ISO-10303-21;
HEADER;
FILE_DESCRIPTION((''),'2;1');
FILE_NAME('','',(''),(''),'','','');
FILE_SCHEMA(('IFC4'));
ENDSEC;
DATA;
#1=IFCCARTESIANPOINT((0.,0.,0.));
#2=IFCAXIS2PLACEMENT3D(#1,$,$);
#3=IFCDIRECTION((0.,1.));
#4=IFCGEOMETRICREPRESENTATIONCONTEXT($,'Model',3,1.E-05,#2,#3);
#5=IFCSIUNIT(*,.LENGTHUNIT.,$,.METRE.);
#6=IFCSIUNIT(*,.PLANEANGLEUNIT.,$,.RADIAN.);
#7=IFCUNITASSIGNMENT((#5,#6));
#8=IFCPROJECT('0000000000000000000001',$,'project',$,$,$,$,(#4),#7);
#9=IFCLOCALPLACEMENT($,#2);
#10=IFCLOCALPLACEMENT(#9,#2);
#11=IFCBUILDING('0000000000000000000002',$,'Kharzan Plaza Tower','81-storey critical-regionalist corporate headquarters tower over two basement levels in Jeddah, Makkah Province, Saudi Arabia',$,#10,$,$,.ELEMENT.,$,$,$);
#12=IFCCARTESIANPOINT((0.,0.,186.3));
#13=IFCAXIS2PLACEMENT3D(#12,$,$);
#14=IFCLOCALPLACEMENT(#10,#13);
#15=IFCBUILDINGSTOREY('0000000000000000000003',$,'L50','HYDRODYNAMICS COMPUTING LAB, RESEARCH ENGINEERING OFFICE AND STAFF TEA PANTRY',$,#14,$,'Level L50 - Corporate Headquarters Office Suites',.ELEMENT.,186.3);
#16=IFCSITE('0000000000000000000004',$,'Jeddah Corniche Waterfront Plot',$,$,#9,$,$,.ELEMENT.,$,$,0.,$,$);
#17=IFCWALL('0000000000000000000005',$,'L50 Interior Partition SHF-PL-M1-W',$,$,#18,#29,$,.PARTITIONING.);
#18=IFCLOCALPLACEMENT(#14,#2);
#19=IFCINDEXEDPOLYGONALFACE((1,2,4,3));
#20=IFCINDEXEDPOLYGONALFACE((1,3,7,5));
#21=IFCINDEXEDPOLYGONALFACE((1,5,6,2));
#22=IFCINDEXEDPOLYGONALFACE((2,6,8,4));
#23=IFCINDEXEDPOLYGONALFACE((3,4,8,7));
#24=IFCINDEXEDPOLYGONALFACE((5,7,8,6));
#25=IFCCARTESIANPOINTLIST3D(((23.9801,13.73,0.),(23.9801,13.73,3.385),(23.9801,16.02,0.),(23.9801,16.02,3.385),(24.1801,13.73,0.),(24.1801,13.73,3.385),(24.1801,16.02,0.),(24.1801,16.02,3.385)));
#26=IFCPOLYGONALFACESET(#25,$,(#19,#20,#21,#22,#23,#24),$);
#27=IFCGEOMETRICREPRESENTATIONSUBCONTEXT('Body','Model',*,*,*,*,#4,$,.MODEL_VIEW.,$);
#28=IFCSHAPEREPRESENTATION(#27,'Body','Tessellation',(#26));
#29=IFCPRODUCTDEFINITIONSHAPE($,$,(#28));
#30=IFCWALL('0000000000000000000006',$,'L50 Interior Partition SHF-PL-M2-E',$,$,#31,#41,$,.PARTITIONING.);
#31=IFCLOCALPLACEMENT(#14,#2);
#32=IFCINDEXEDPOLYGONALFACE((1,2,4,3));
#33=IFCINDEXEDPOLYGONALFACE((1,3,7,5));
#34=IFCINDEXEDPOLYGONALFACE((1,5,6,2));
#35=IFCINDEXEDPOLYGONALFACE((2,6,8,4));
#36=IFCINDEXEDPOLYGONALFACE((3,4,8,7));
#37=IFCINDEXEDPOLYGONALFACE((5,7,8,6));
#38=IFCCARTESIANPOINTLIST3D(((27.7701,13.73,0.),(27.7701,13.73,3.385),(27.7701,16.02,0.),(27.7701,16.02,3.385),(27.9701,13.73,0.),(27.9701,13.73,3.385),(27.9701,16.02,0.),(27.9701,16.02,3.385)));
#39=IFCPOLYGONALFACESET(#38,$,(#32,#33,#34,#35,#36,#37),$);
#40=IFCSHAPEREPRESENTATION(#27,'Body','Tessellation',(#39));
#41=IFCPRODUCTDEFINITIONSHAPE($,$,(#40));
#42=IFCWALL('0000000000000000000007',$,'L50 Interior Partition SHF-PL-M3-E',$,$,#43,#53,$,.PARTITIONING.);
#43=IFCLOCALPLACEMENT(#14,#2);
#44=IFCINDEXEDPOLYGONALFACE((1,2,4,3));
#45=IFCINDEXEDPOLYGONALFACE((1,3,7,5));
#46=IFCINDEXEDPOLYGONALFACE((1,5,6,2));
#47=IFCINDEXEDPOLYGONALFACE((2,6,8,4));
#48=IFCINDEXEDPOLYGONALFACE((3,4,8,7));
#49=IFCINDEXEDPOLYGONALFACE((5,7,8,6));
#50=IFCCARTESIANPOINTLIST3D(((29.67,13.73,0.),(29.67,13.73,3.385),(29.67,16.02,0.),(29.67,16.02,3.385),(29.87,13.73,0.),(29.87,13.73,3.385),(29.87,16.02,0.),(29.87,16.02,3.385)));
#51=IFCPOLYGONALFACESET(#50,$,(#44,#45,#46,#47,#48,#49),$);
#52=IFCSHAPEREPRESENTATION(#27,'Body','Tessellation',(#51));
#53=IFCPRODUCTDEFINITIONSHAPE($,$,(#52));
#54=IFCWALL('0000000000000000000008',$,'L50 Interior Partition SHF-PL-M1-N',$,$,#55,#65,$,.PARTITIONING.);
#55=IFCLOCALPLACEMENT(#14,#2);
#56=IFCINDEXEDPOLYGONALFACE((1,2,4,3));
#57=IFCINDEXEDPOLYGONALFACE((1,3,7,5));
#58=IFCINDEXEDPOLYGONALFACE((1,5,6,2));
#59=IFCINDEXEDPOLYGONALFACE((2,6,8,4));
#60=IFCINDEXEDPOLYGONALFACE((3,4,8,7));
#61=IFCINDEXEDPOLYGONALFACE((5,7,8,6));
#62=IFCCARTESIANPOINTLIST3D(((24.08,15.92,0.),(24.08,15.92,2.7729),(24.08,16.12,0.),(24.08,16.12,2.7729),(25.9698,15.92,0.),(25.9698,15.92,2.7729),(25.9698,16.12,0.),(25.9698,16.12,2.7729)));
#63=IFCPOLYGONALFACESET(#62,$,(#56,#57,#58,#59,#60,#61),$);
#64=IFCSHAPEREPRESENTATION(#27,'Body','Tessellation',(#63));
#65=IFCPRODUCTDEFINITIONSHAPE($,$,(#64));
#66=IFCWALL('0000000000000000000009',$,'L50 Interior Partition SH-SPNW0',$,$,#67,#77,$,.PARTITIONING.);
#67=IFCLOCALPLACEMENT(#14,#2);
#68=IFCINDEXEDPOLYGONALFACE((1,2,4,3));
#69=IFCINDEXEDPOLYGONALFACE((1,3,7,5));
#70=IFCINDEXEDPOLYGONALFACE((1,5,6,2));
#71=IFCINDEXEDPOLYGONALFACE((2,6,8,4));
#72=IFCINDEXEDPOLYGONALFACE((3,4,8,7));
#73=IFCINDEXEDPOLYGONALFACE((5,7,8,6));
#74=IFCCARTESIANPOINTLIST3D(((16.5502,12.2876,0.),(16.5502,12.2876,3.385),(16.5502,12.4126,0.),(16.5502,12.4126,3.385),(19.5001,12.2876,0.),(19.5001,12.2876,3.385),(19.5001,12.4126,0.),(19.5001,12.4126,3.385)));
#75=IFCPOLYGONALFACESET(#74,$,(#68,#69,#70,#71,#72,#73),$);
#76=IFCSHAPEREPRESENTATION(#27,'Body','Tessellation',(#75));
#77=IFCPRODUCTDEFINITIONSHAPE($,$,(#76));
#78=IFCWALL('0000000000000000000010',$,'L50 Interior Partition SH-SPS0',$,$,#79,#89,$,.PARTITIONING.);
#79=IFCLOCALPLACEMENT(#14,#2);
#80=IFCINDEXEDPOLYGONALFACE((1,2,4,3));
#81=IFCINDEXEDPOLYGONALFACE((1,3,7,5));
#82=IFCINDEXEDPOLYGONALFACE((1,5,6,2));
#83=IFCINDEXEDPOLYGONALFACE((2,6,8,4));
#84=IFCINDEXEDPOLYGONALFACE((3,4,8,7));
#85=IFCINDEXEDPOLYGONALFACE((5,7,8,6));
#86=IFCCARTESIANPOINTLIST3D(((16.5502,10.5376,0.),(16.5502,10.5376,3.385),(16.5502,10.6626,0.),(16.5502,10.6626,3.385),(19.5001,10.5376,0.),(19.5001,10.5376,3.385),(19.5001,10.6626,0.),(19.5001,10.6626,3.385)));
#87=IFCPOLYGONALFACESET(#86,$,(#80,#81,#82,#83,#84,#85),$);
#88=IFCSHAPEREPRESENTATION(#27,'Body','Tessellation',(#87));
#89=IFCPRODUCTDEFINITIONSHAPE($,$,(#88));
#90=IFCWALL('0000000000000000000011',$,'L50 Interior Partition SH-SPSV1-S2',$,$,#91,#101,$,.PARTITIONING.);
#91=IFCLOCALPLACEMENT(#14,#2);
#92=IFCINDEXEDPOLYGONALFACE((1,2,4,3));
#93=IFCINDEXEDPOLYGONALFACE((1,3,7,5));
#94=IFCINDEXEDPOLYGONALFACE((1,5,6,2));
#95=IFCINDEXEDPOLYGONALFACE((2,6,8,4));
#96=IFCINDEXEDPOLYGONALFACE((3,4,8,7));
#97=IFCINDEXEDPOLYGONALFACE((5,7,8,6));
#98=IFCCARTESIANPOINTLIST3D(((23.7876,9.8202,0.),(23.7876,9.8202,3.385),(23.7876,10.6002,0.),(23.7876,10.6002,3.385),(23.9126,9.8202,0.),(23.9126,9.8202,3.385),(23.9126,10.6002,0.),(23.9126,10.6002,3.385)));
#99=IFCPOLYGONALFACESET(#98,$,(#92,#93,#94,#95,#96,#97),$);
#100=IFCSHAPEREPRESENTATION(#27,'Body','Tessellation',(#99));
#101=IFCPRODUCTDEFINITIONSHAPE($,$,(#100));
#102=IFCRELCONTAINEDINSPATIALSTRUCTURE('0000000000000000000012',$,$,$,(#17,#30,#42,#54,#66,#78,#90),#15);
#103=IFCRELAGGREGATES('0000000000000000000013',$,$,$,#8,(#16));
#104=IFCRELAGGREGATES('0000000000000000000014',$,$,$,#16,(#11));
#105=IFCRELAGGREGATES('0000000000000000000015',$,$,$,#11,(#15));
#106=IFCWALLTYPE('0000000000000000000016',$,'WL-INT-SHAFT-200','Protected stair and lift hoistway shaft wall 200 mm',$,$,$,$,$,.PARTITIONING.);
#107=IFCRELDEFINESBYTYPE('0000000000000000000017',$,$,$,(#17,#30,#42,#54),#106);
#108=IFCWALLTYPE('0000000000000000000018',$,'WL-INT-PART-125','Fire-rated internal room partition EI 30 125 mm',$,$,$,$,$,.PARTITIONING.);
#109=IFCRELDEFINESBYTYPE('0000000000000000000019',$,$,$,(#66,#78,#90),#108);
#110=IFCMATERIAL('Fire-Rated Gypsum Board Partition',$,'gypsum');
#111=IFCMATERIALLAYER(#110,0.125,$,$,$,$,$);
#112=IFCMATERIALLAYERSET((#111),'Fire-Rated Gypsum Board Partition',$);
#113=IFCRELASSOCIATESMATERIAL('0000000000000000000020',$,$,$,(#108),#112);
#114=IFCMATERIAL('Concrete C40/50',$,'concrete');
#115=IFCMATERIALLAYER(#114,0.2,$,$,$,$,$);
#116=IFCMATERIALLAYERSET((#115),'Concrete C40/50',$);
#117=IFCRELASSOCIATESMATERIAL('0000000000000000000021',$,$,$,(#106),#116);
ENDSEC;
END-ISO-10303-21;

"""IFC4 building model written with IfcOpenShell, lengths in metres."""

from ifc_helpers import new_model, si_unit, direction, frame, frame_2d, origin, place, context, subcontext, project, spatial, rectangle, extrude, source, transform, mapped, material, layer, layer_set, type_object, element, save


model = new_model("IFC4")

# Units and contexts
model_context = context("Model", 3, precision=1e-05, world=origin(), true_north=direction((0.0, 1.0)))
body_context = subcontext(model_context, "Body", "Model", "MODEL_VIEW")
ifc_project = project(units=[si_unit("LENGTHUNIT", "METRE"), si_unit("PLANEANGLEUNIT", "RADIAN")], contexts=[model_context])

# Site, building, storey
site_placement = place(None, origin())
site = spatial("IfcSite", under=ifc_project, at=site_placement, Name="Jeddah Corniche Waterfront Plot", CompositionType="ELEMENT", RefElevation=0.0)
building_placement = place(site_placement, origin())
building = spatial("IfcBuilding", under=site, at=building_placement, Name="Kharzan Plaza Tower", Description="81-storey critical-regionalist corporate headquarters tower over two basement levels in Jeddah, Makkah Province, Saudi Arabia", CompositionType="ELEMENT")
storey_placement = place(building_placement, frame((0.0, 0.0, 186.3)))
storey = spatial("IfcBuildingStorey", under=building, at=storey_placement, Name="L50", Description="HYDRODYNAMICS COMPUTING LAB, RESEARCH ENGINEERING OFFICE AND STAFF TEA PANTRY", LongName="Level L50 - Corporate Headquarters Office Suites", CompositionType="ELEMENT", Elevation=186.3)

# Shared definitions
ifc_material_1 = material(Name="Fire-Rated Gypsum Board Partition", Category="gypsum")
ifc_layer_1 = layer(ifc_material_1, 0.125)
ifc_layer_set_1 = layer_set([ifc_layer_1], Name="Fire-Rated Gypsum Board Partition")
wall_type_1 = type_object("IfcWallType", Name="WL-INT-PART-125", Description="Fire-rated internal room partition EI 30 125 mm", PredefinedType="PARTITIONING", material=ifc_layer_set_1)
ifc_material_2 = material(Name="Concrete C40/50", Category="concrete")
ifc_layer_2 = layer(ifc_material_2, 0.2)
ifc_layer_set_2 = layer_set([ifc_layer_2], Name="Concrete C40/50")
wall_type_2 = type_object("IfcWallType", Name="WL-INT-SHAFT-200", Description="Protected stair and lift hoistway shaft wall 200 mm", PredefinedType="PARTITIONING", material=ifc_layer_set_2)

# Walls
shared_shape_1 = source(origin(), body_context, "Body", "SweptSolid", [
    extrude(rectangle(XDim=2.29, YDim=0.2, at=frame_2d((1.145, 0.0))), origin(), (0.0, 0.0, 1.0), 3.385),
])
for number, where, z_axis, x_axis, name in (
    (1, (24.0801, 13.73, 0.0), (0.0, 0.0, 1.0), (0.0, 1.0, 0.0), "L50 Interior Partition SHF-PL-M1-W"),
    (2, (27.8701, 13.73, 0.0), (0.0, 0.0, 1.0), (0.0, 1.0, 0.0), "L50 Interior Partition SHF-PL-M2-E"),
    (3, (29.77, 13.73, 0.0), (0.0, 0.0, 1.0), (0.0, 1.0, 0.0), "L50 Interior Partition SHF-PL-M3-E"),
):
    element("IfcWall", number, at=place(storey_placement, frame(where, z_axis=z_axis, x_axis=x_axis)), inside=storey, type_object=wall_type_2, Name=name, PredefinedType="PARTITIONING", context=body_context, shape_type="MappedRepresentation", body=[
        mapped(shared_shape_1, transform((0.0, 0.0, 0.0), x_axis=(1.0, 0.0, 0.0), y_axis=(0.0, 1.0, 0.0), z_axis=(0.0, 0.0, 1.0))),
    ])
shared_shape_2 = source(origin(), body_context, "Body", "SweptSolid", [
    extrude(rectangle(XDim=1.8899, YDim=0.2, at=frame_2d((0.9448, 0.0))), origin(), (0.0, 0.0, 1.0), 2.7729),
])
wall_1_placement = place(storey_placement, frame((24.0801, 16.02, 0.0), z_axis=(0.0, 0.0, 1.0), x_axis=(1.0, 0.0, 0.0)))
element("IfcWall", 4, at=wall_1_placement, inside=storey, type_object=wall_type_2, Name="L50 Interior Partition SHF-PL-M1-N", PredefinedType="PARTITIONING", context=body_context, shape_type="MappedRepresentation", body=[
    mapped(shared_shape_2, transform((0.0, 0.0, 0.0), x_axis=(1.0, 0.0, 0.0), y_axis=(0.0, 1.0, 0.0), z_axis=(0.0, 0.0, 1.0))),
])
shared_shape_3 = source(origin(), body_context, "Body", "SweptSolid", [
    extrude(rectangle(XDim=2.95, YDim=0.125, at=frame_2d((1.4751, 0.0))), origin(), (0.0, 0.0, 1.0), 3.385),
])
for number, where, z_axis, x_axis, name in (
    (5, (16.55, 12.3501, 0.0), (0.0, 0.0, 1.0), (1.0, 0.0, 0.0), "L50 Interior Partition SH-SPNW0"),
    (6, (16.55, 10.6001, 0.0), (0.0, 0.0, 1.0), (1.0, 0.0, 0.0), "L50 Interior Partition SH-SPS0"),
):
    element("IfcWall", number, at=place(storey_placement, frame(where, z_axis=z_axis, x_axis=x_axis)), inside=storey, type_object=wall_type_1, Name=name, PredefinedType="PARTITIONING", context=body_context, shape_type="MappedRepresentation", body=[
        mapped(shared_shape_3, transform((0.0, 0.0, 0.0), x_axis=(1.0, 0.0, 0.0), y_axis=(0.0, 1.0, 0.0), z_axis=(0.0, 0.0, 1.0))),
    ])
shared_shape_4 = source(origin(), body_context, "Body", "SweptSolid", [
    extrude(rectangle(XDim=0.78, YDim=0.125, at=frame_2d((0.3901, 0.0))), origin(), (0.0, 0.0, 1.0), 3.385),
])
wall_2_placement = place(storey_placement, frame((23.8501, 9.8201, 0.0), z_axis=(0.0, 0.0, 1.0), x_axis=(0.0, 1.0, 0.0)))
element("IfcWall", 7, at=wall_2_placement, inside=storey, type_object=wall_type_1, Name="L50 Interior Partition SH-SPSV1-S2", PredefinedType="PARTITIONING", context=body_context, shape_type="MappedRepresentation", body=[
    mapped(shared_shape_4, transform((0.0, 0.0, 0.0), x_axis=(1.0, 0.0, 0.0), y_axis=(0.0, 1.0, 0.0), z_axis=(0.0, 0.0, 1.0))),
])

save(model, "model.ifc")
